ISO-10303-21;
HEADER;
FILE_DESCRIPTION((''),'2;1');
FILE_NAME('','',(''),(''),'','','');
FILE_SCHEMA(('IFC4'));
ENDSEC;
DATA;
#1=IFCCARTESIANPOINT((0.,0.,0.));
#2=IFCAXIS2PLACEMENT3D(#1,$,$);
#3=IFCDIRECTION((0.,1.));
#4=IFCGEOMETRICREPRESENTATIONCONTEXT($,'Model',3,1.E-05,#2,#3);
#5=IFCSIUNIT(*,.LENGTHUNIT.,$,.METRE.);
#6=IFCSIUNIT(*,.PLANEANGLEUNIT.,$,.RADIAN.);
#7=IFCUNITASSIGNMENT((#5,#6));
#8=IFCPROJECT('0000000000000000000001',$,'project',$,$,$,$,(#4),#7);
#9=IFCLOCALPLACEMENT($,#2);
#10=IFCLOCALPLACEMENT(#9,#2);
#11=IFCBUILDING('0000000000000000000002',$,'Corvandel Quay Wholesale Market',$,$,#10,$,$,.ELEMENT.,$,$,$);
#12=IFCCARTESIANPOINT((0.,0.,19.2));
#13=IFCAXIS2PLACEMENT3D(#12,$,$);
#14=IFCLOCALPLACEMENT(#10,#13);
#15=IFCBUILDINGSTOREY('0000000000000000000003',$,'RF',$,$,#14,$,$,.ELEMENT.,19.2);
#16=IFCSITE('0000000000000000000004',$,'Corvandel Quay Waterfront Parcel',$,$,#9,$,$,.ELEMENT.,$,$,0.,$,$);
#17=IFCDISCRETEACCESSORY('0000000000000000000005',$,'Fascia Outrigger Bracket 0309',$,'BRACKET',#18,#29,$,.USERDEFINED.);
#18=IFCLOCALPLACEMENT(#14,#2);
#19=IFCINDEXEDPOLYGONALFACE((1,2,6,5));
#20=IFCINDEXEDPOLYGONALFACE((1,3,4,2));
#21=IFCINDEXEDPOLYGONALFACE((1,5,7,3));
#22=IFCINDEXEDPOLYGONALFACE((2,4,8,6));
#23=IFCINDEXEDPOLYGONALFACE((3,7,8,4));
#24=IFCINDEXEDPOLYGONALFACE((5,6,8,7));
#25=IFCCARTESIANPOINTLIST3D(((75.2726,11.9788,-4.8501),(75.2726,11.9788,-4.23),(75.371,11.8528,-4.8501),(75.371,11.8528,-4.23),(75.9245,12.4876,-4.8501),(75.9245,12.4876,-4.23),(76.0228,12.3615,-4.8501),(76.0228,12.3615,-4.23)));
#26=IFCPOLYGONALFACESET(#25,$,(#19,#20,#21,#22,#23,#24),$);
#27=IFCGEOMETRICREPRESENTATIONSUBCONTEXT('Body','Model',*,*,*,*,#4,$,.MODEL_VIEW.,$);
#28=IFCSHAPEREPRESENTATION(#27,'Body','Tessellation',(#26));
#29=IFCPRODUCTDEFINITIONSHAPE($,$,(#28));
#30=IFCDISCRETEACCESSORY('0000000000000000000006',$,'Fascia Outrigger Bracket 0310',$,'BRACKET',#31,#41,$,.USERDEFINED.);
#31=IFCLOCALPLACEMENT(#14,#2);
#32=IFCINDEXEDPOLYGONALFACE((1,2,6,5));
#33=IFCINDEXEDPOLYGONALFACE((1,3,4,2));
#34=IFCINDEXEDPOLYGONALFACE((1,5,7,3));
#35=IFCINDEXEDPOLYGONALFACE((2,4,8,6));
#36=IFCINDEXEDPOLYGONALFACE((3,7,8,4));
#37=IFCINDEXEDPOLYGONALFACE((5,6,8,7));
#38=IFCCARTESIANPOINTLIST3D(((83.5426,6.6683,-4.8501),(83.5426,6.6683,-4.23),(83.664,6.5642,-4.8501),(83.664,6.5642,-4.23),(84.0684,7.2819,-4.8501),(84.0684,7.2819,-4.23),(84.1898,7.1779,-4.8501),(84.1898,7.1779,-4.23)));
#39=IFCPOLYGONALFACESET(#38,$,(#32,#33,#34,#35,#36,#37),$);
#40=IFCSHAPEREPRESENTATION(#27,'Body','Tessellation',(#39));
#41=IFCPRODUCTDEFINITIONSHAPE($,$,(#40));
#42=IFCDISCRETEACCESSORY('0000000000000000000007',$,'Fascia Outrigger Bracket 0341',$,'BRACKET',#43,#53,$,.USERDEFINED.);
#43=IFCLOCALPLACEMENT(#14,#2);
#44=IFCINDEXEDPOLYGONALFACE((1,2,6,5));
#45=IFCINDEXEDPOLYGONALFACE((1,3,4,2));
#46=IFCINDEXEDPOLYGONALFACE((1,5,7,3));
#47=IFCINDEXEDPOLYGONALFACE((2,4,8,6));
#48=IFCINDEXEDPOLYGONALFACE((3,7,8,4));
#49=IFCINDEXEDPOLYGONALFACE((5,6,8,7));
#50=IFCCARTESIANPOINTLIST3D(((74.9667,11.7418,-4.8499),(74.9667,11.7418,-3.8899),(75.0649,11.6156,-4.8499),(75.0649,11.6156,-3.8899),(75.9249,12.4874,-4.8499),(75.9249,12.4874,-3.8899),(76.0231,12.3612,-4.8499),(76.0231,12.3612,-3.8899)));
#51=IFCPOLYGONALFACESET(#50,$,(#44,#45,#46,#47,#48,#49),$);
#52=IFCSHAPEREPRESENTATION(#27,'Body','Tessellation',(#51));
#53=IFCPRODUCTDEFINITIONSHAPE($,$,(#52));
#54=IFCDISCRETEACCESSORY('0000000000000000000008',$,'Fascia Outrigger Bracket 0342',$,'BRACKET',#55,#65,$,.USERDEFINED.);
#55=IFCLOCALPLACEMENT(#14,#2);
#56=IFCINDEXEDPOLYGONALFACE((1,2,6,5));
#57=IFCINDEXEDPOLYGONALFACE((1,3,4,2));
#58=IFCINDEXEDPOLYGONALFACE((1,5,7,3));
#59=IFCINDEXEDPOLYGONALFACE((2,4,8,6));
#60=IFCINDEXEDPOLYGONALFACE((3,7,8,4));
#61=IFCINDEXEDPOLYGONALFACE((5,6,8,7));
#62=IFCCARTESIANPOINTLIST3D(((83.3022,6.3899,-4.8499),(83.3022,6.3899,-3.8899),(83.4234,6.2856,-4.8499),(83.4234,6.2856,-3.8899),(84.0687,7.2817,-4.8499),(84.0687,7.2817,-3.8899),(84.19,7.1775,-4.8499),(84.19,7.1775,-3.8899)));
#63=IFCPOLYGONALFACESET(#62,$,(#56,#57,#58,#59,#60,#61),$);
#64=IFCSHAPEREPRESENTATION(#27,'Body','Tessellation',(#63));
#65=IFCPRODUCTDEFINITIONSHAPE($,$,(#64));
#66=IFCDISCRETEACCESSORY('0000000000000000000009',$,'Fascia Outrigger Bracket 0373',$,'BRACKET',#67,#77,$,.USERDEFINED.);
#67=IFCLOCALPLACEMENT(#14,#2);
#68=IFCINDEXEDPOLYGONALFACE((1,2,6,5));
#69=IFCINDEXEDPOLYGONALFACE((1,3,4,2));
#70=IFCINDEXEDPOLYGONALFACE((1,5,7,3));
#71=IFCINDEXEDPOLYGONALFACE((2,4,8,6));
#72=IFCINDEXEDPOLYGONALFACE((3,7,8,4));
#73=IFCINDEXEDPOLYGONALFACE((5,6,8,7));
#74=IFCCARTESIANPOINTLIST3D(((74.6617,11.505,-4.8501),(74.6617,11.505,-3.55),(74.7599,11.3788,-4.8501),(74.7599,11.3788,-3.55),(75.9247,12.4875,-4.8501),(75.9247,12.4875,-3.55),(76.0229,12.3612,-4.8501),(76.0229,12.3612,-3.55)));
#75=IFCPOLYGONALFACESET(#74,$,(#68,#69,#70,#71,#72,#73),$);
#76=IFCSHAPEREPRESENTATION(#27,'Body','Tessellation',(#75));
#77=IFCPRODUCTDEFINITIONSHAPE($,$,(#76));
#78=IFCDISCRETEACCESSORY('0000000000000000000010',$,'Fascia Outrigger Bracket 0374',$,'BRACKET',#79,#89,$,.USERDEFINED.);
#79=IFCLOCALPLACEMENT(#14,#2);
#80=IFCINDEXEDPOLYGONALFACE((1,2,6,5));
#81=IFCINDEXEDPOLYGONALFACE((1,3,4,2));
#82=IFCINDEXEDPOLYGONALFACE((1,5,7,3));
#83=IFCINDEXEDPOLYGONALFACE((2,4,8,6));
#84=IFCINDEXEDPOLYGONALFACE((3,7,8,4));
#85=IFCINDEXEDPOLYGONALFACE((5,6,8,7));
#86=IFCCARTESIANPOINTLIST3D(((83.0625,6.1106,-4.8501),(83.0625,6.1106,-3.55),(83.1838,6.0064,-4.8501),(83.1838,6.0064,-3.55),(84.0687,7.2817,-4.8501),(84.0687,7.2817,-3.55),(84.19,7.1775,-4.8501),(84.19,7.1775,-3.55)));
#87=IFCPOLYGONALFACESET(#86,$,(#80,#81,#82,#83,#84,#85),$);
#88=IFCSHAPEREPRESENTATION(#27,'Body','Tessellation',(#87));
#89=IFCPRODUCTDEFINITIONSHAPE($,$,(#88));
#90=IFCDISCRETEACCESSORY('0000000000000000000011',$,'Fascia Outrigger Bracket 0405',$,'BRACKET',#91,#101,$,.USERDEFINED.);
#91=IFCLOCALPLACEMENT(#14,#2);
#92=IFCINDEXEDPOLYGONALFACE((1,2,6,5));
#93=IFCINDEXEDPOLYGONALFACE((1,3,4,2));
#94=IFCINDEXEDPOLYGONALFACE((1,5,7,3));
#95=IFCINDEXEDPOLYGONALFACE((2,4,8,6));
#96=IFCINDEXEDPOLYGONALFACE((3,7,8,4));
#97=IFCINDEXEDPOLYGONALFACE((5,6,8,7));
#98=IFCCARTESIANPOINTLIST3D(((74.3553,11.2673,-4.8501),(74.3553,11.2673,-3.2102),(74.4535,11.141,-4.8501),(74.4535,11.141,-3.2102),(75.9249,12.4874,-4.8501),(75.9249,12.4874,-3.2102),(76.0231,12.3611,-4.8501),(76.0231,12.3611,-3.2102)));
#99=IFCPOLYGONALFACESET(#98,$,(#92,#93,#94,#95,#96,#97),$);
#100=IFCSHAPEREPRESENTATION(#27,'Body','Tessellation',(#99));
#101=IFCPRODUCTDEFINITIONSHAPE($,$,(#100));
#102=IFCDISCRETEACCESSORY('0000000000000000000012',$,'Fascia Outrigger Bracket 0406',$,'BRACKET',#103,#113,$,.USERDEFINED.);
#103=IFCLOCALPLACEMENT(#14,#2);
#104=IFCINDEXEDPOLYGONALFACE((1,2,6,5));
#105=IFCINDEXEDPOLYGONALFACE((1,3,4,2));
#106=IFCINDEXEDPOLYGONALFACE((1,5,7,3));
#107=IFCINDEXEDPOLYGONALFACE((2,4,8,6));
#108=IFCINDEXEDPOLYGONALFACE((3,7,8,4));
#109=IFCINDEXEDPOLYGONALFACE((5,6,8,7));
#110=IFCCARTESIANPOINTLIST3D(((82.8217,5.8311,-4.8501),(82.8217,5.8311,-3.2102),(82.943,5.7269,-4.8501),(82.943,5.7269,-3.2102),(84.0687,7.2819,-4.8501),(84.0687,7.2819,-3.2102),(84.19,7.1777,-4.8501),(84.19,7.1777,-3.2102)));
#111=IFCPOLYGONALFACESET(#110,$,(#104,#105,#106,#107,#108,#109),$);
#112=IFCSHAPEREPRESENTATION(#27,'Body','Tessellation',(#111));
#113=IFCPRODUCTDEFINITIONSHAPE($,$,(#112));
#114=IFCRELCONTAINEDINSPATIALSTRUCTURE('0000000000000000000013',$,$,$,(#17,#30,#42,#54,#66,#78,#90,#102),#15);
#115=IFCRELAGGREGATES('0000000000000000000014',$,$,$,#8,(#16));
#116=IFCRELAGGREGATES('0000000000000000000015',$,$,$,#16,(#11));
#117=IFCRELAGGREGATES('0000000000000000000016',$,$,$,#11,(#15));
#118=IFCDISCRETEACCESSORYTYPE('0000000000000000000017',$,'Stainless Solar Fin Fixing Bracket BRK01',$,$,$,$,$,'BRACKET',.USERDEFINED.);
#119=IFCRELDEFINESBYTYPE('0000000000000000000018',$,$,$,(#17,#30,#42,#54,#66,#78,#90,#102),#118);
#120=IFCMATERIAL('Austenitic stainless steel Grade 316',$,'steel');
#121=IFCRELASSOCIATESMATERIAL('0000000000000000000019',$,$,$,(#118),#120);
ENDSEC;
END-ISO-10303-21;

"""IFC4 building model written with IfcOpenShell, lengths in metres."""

from ifc_helpers import new_model, si_unit, direction, frame, origin, origin_2d, place, context, subcontext, project, spatial, rectangle, extrude, material, type_object, element, save


model = new_model("IFC4")

# Units and contexts
model_context = context("Model", 3, precision=1e-05, world=origin(), true_north=direction((0.0, 1.0)))
body_context = subcontext(model_context, "Body", "Model", "MODEL_VIEW")
ifc_project = project(units=[si_unit("LENGTHUNIT", "METRE"), si_unit("PLANEANGLEUNIT", "RADIAN")], contexts=[model_context])

# Site, building, storey
site_placement = place(None, origin())
site = spatial("IfcSite", under=ifc_project, at=site_placement, Name="Corvandel Quay Waterfront Parcel", CompositionType="ELEMENT", RefElevation=0.0)
building_placement = place(site_placement, origin())
building = spatial("IfcBuilding", under=site, at=building_placement, Name="Corvandel Quay Wholesale Market", CompositionType="ELEMENT")
storey_placement = place(building_placement, frame((0.0, 0.0, 19.2)))
storey = spatial("IfcBuildingStorey", under=building, at=storey_placement, Name="RF", CompositionType="ELEMENT", Elevation=19.2)

# Discrete accessories
ifc_material_1 = material(Name="Austenitic stainless steel Grade 316", Category="steel")
discrete_accessory_type = type_object("IfcDiscreteAccessoryType", Name="Stainless Solar Fin Fixing Bracket BRK01", ElementType="BRACKET", PredefinedType="USERDEFINED", material=ifc_material_1)
discrete_accessory_1_placement = place(storey_placement, frame((75.6477, 12.1702, -4.8501), z_axis=(0.0, 0.0, 1.0), x_axis=(0.788333, 0.615249, 0.0)))
element("IfcDiscreteAccessory", 1, at=discrete_accessory_1_placement, inside=storey, type_object=discrete_accessory_type, Name="Fascia Outrigger Bracket 0309", ObjectType="BRACKET", PredefinedType="USERDEFINED", context=body_context, shape_type="SweptSolid", body=[
    extrude(rectangle(XDim=0.8269, YDim=0.1599, at=origin_2d()), origin(), (0.0, 0.0, 1.0), 0.6201),
])
discrete_accessory_2_placement = place(storey_placement, frame((83.8662, 6.9231, -4.8501), z_axis=(0.0, 0.0, 1.0), x_axis=(0.650642, 0.759385, 0.0)))
element("IfcDiscreteAccessory", 2, at=discrete_accessory_2_placement, inside=storey, type_object=discrete_accessory_type, Name="Fascia Outrigger Bracket 0310", ObjectType="BRACKET", PredefinedType="USERDEFINED", context=body_context, shape_type="SweptSolid", body=[
    extrude(rectangle(XDim=0.8081, YDim=0.1599, at=origin_2d()), origin(), (0.0, 0.0, 1.0), 0.6201),
])
discrete_accessory_3_placement = place(storey_placement, frame((75.4949, 12.0515, -4.8499), z_axis=(0.0, 0.0, 1.0), x_axis=(0.789191, 0.614147, 0.0)))
element("IfcDiscreteAccessory", 3, at=discrete_accessory_3_placement, inside=storey, type_object=discrete_accessory_type, Name="Fascia Outrigger Bracket 0341", ObjectType="BRACKET", PredefinedType="USERDEFINED", context=body_context, shape_type="SweptSolid", body=[
    extrude(rectangle(XDim=1.2141, YDim=0.1599, at=origin_2d()), origin(), (0.0, 0.0, 1.0), 0.96),
])
discrete_accessory_4_placement = place(storey_placement, frame((83.7461, 6.7837, -4.8499), z_axis=(0.0, 0.0, 1.0), x_axis=(0.651834, 0.758362, 0.0)))
element("IfcDiscreteAccessory", 4, at=discrete_accessory_4_placement, inside=storey, type_object=discrete_accessory_type, Name="Fascia Outrigger Bracket 0342", ObjectType="BRACKET", PredefinedType="USERDEFINED", context=body_context, shape_type="SweptSolid", body=[
    extrude(rectangle(XDim=1.176, YDim=0.1599, at=origin_2d()), origin(), (0.0, 0.0, 1.0), 0.96),
])
discrete_accessory_5_placement = place(storey_placement, frame((75.3423, 11.9331, -4.8501), z_axis=(0.0, 0.0, 1.0), x_axis=(0.789298, 0.61401, 0.0)))
element("IfcDiscreteAccessory", 5, at=discrete_accessory_5_placement, inside=storey, type_object=discrete_accessory_type, Name="Fascia Outrigger Bracket 0373", ObjectType="BRACKET", PredefinedType="USERDEFINED", context=body_context, shape_type="SweptSolid", body=[
    extrude(rectangle(XDim=1.6001, YDim=0.1599, at=origin_2d()), origin(), (0.0, 0.0, 1.0), 1.3),
])
discrete_accessory_6_placement = place(storey_placement, frame((83.6262, 6.644, -4.8501), z_axis=(0.0, 0.0, 1.0), x_axis=(0.651701, 0.758476, 0.0)))
element("IfcDiscreteAccessory", 6, at=discrete_accessory_6_placement, inside=storey, type_object=discrete_accessory_type, Name="Fascia Outrigger Bracket 0374", ObjectType="BRACKET", PredefinedType="USERDEFINED", context=body_context, shape_type="SweptSolid", body=[
    extrude(rectangle(XDim=1.5439, YDim=0.1599, at=origin_2d()), origin(), (0.0, 0.0, 1.0), 1.3),
])
discrete_accessory_7_placement = place(storey_placement, frame((75.1892, 11.8142, -4.8501), z_axis=(0.0, 0.0, 1.0), x_axis=(0.789513, 0.613734, 0.0)))
element("IfcDiscreteAccessory", 7, at=discrete_accessory_7_placement, inside=storey, type_object=discrete_accessory_type, Name="Fascia Outrigger Bracket 0405", ObjectType="BRACKET", PredefinedType="USERDEFINED", context=body_context, shape_type="SweptSolid", body=[
    extrude(rectangle(XDim=1.988, YDim=0.1599, at=origin_2d()), origin(), (0.0, 0.0, 1.0), 1.6399),
])
discrete_accessory_8_placement = place(storey_placement, frame((83.5059, 6.5044, -4.8501), z_axis=(0.0, 0.0, 1.0), x_axis=(0.651834, 0.758362, 0.0)))
element("IfcDiscreteAccessory", 8, at=discrete_accessory_8_placement, inside=storey, type_object=discrete_accessory_type, Name="Fascia Outrigger Bracket 0406", ObjectType="BRACKET", PredefinedType="USERDEFINED", context=body_context, shape_type="SweptSolid", body=[
    extrude(rectangle(XDim=1.9131, YDim=0.1599, at=origin_2d()), origin(), (0.0, 0.0, 1.0), 1.6399),
])

save(model, "model.ifc")
